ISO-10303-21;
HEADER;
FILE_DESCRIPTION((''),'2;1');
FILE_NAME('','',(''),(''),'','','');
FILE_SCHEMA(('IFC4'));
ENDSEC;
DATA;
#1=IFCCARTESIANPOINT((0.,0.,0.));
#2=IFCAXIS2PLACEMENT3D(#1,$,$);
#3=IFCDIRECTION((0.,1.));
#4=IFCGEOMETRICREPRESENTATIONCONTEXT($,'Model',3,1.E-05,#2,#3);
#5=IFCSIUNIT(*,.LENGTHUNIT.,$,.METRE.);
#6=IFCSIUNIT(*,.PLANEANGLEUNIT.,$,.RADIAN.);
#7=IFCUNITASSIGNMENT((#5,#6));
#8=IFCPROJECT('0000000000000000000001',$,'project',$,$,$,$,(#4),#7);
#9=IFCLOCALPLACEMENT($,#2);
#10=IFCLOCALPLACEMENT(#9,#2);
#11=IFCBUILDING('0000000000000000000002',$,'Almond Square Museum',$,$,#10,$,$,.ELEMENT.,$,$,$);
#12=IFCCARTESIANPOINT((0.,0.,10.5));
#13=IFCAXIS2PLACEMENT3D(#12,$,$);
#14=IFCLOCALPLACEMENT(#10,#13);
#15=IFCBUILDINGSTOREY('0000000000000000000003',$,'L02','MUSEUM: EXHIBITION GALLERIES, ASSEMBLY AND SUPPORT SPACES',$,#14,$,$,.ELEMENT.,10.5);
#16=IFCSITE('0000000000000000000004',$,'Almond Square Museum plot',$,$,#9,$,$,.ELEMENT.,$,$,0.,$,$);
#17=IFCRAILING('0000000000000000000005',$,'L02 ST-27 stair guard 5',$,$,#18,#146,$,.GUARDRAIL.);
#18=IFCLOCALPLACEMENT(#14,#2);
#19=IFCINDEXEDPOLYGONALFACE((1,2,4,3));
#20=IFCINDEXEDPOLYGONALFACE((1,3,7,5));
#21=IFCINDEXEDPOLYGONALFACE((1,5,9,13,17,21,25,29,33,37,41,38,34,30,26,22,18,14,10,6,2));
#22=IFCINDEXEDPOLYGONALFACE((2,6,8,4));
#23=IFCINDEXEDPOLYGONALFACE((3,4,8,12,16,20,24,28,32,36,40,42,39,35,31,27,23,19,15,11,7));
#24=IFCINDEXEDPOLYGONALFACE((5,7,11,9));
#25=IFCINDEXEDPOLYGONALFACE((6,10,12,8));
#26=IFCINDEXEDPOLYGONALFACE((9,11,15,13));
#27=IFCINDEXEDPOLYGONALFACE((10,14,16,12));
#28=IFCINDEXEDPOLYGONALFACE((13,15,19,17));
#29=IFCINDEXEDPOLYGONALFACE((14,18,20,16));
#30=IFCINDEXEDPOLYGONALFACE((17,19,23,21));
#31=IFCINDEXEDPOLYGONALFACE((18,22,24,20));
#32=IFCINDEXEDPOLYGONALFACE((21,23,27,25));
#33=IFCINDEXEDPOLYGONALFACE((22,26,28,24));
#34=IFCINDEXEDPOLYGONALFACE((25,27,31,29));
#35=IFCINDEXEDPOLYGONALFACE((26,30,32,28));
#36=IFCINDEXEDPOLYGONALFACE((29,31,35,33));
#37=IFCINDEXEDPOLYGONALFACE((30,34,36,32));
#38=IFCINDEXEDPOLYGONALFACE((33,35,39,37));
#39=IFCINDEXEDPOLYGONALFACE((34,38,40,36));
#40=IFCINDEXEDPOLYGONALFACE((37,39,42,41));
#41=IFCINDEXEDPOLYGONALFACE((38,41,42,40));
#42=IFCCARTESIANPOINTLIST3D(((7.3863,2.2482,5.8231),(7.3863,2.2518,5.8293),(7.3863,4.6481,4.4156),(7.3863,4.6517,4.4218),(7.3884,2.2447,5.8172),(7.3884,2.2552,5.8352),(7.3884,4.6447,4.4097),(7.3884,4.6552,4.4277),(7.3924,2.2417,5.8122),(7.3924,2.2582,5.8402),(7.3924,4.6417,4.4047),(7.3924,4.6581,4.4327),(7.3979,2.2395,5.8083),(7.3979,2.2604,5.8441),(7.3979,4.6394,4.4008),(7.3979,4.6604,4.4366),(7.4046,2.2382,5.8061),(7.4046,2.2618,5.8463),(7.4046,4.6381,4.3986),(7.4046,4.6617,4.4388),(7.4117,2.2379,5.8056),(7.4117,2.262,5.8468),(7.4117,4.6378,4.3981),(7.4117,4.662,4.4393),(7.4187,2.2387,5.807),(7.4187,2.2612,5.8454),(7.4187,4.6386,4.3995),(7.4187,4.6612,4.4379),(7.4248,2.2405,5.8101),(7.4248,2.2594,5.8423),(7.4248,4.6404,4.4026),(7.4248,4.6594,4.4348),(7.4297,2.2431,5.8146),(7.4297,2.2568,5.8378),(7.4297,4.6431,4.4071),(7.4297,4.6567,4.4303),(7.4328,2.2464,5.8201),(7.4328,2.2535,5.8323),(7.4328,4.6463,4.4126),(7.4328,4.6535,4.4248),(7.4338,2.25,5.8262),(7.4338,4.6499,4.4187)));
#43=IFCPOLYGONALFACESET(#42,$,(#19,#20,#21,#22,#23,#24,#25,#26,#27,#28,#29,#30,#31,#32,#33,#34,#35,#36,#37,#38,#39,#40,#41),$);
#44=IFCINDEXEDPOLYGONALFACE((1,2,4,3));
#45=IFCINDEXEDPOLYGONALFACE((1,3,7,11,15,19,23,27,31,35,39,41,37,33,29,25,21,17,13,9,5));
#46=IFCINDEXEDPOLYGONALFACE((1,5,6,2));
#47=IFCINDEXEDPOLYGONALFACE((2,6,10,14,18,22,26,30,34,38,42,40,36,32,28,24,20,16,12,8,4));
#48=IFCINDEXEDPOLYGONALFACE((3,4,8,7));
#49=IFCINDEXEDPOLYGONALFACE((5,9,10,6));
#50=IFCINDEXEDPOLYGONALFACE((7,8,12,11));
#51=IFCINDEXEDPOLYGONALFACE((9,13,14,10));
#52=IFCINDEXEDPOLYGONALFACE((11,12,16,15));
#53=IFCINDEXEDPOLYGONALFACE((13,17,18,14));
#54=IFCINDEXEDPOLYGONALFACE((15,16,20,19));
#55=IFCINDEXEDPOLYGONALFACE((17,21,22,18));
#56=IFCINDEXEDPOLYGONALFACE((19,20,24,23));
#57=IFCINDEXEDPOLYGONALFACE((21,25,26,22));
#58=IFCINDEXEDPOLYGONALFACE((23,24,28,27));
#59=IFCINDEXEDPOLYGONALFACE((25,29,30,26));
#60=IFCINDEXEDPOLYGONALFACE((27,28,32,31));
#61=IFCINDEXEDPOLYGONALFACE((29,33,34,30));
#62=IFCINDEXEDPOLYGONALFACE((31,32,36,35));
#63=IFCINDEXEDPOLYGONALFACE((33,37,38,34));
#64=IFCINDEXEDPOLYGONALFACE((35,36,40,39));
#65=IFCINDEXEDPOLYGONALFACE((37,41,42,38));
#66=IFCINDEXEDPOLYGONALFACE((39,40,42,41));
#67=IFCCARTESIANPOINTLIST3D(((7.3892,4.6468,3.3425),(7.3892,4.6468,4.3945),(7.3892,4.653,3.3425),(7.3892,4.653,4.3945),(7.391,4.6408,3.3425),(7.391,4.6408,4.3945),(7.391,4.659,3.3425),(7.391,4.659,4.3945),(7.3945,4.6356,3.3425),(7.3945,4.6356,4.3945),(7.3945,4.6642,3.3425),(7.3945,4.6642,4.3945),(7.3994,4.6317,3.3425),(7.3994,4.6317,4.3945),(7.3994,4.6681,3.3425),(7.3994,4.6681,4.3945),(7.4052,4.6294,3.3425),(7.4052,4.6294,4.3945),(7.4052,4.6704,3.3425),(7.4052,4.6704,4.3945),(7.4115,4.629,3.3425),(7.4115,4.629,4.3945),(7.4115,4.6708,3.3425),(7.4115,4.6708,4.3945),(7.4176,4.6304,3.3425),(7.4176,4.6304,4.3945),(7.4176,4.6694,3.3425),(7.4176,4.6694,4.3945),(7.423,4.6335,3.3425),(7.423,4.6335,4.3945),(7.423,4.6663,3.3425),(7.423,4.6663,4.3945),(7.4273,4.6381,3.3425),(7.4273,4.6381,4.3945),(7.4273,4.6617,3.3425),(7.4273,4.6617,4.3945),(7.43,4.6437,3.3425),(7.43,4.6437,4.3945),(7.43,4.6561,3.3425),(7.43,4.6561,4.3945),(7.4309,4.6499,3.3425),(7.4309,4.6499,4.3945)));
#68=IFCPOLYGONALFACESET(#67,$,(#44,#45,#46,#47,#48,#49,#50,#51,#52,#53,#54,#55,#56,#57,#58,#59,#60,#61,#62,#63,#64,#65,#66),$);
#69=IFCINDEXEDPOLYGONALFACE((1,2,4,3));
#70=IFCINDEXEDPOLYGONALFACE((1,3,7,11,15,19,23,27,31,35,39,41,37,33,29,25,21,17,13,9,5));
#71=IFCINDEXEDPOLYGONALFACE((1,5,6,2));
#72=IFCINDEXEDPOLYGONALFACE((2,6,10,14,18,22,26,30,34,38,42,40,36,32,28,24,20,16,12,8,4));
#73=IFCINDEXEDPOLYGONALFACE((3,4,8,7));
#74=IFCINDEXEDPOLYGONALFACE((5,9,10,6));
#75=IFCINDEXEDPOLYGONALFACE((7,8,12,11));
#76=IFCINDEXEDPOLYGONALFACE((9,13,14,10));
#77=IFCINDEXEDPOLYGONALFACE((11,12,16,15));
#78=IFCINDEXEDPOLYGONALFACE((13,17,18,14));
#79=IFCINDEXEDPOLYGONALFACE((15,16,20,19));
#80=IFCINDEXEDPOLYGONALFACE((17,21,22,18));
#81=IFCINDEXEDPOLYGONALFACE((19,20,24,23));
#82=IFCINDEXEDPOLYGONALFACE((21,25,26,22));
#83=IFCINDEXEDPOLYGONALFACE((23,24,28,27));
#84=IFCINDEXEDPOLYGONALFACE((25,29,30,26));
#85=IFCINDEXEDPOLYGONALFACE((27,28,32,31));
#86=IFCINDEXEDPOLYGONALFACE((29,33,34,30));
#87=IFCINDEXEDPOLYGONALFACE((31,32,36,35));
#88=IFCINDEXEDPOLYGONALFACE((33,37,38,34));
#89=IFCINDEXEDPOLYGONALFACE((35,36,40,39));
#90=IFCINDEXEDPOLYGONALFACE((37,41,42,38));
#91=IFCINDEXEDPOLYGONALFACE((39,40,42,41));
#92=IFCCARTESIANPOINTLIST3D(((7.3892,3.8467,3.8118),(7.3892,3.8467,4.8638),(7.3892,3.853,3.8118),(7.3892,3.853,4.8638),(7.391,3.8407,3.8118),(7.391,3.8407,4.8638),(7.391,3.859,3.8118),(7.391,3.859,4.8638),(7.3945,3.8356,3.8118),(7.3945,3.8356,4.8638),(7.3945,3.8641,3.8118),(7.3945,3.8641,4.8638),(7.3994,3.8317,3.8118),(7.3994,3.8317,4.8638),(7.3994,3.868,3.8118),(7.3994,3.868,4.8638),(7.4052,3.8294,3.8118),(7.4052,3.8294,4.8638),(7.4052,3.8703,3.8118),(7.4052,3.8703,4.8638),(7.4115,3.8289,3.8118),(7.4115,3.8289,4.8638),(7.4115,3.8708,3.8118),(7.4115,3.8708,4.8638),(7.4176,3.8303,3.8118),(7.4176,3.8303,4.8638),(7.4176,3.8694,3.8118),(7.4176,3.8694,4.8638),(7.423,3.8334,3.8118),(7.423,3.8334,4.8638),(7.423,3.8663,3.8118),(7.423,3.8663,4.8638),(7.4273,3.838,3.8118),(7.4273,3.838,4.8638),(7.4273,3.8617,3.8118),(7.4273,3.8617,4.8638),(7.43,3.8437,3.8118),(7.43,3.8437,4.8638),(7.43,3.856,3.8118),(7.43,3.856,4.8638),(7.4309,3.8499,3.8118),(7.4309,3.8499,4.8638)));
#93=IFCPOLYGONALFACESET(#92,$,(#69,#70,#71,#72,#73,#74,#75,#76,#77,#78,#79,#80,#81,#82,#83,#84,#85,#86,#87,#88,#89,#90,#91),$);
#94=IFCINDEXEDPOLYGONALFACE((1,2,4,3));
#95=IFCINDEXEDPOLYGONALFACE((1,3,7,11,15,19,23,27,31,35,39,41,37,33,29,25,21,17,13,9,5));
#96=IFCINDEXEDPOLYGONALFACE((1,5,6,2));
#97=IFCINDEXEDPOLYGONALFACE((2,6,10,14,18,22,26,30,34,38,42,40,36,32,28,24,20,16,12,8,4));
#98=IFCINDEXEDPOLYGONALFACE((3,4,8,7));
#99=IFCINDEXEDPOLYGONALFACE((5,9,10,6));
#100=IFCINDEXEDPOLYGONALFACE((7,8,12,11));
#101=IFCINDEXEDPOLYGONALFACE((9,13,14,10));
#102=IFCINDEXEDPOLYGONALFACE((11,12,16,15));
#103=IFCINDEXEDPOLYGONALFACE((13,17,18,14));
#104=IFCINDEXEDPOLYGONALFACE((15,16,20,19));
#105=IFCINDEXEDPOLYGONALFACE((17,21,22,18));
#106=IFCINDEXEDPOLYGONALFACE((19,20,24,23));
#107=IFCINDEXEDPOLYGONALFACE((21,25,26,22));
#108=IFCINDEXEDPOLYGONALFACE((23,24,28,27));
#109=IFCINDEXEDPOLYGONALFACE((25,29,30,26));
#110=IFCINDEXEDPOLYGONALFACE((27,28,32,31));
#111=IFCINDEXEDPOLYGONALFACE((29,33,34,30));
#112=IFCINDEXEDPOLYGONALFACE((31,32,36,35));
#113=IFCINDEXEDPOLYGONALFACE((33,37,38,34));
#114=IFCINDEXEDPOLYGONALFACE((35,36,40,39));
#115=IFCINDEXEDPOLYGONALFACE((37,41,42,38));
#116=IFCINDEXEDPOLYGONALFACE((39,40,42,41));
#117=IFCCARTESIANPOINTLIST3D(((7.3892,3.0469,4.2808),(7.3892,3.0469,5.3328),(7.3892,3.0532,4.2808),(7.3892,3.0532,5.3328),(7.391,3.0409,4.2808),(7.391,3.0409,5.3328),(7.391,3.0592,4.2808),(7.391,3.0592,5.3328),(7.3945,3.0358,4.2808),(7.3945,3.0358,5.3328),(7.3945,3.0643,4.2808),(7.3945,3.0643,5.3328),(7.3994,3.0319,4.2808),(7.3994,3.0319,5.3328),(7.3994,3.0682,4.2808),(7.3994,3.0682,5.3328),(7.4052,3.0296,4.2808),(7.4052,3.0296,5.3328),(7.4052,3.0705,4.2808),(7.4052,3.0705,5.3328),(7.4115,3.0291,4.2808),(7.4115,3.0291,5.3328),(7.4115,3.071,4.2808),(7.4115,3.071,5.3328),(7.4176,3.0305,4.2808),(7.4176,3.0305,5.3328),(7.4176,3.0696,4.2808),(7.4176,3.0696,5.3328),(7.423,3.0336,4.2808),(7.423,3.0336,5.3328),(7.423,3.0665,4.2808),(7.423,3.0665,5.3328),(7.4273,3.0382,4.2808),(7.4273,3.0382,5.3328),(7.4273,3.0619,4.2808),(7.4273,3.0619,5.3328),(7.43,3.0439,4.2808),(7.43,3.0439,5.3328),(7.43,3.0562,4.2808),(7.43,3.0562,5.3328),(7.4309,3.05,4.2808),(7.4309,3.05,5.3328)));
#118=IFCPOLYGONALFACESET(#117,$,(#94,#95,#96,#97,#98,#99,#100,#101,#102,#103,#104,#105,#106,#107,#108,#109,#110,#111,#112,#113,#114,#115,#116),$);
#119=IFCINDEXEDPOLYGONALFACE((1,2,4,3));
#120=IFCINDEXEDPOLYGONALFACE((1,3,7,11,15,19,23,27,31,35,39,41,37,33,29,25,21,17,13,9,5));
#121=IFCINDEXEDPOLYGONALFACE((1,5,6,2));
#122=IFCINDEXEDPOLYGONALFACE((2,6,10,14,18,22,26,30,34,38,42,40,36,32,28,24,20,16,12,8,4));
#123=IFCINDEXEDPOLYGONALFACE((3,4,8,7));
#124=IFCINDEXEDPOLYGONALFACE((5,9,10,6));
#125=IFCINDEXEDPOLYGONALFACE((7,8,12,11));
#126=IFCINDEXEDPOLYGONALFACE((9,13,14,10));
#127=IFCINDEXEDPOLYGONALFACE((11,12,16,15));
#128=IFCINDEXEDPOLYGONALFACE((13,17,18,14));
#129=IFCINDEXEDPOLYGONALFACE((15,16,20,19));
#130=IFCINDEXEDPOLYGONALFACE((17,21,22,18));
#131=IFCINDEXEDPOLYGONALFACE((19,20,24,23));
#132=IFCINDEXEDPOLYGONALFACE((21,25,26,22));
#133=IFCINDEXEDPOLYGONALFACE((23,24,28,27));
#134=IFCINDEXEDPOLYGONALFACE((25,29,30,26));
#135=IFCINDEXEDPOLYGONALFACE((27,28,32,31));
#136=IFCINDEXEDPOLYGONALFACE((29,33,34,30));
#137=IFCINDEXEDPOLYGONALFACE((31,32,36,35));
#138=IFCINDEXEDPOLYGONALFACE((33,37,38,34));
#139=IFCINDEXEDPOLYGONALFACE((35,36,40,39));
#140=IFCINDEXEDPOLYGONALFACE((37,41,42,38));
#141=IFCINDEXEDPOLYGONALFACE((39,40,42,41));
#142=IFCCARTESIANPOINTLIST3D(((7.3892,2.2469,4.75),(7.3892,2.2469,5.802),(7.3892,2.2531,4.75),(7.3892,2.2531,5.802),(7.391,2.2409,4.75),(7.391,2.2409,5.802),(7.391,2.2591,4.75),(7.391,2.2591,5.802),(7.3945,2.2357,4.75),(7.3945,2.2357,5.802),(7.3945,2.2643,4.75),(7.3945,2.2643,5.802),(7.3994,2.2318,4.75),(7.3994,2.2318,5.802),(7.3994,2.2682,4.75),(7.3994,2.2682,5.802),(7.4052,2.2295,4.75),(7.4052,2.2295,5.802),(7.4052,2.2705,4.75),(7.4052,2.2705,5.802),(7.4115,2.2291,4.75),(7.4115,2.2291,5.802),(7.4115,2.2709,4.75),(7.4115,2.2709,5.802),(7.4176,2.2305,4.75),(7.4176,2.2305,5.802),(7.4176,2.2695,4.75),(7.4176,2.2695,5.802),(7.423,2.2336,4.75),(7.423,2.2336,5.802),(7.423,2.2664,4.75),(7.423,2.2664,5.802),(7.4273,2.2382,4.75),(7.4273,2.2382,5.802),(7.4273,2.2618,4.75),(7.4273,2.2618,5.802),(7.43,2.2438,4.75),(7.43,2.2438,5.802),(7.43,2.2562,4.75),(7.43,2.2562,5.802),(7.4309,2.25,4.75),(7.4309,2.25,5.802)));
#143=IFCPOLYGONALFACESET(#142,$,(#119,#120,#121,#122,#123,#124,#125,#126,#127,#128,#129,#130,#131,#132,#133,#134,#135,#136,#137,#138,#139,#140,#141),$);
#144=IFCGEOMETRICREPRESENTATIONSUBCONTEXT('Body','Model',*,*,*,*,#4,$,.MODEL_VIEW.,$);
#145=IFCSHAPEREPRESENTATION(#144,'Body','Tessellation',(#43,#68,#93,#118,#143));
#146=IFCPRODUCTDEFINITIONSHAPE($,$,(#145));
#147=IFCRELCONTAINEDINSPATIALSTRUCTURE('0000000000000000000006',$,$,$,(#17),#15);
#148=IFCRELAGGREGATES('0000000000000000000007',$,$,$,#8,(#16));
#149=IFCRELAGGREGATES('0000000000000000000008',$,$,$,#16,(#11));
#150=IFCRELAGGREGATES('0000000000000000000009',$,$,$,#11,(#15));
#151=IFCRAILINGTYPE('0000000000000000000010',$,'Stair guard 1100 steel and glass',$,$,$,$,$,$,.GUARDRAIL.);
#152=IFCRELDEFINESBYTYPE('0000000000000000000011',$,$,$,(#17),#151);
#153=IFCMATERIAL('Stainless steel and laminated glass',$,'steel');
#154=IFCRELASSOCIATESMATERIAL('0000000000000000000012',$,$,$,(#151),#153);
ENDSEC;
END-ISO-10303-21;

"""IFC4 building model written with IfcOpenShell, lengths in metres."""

from ifc_helpers import new_model, si_unit, direction, frame, origin, origin_2d, place, context, subcontext, project, spatial, circle, extrude, material, type_object, element, save


model = new_model("IFC4")

# Units and contexts
model_context = context("Model", 3, precision=1e-05, world=origin(), true_north=direction((0.0, 1.0)))
body_context = subcontext(model_context, "Body", "Model", "MODEL_VIEW")
ifc_project = project(units=[si_unit("LENGTHUNIT", "METRE"), si_unit("PLANEANGLEUNIT", "RADIAN")], contexts=[model_context])

# Site, building, storey
site_placement = place(None, origin())
site = spatial("IfcSite", under=ifc_project, at=site_placement, Name="Almond Square Museum plot", CompositionType="ELEMENT", RefElevation=0.0)
building_placement = place(site_placement, origin())
building = spatial("IfcBuilding", under=site, at=building_placement, Name="Almond Square Museum", CompositionType="ELEMENT")
storey_placement = place(building_placement, frame((0.0, 0.0, 10.5)))
storey = spatial("IfcBuildingStorey", under=building, at=storey_placement, Name="L02", Description="MUSEUM: EXHIBITION GALLERIES, ASSEMBLY AND SUPPORT SPACES", CompositionType="ELEMENT", Elevation=10.5)

# Railing
ifc_material_1 = material(Name="Stainless steel and laminated glass", Category="steel")
railing_type_1 = type_object("IfcRailingType", Name="Stair guard 1100 steel and glass", PredefinedType="GUARDRAIL", material=ifc_material_1)
railing_1_placement = place(storey_placement, frame((7.4099, 4.6499, 3.3425)))
element("IfcRailing", 1, at=railing_1_placement, inside=storey, type_object=railing_type_1, Name="L02 ST-27 stair guard 5", PredefinedType="GUARDRAIL", context=body_context, shape_type="SweptSolid", body=[
    extrude(circle(Radius=0.0239, at=origin_2d()), frame((0.0, 0.0, 1.0762), z_axis=(0.0, -0.862599, 0.505888), x_axis=(1.0, 0.0, 0.0)), (0.0, 0.0, 1.0), 2.7822),
    extrude(circle(Radius=0.021, at=origin_2d()), origin(), (0.0, 0.0, 1.0), 1.052),
    extrude(circle(Radius=0.021, at=origin_2d()), frame((0.0, -0.8, 0.4692)), (0.0, 0.0, 1.0), 1.052),
    extrude(circle(Radius=0.021, at=origin_2d()), frame((0.0, -1.5999, 0.9382)), (0.0, 0.0, 1.0), 1.052),
    extrude(circle(Radius=0.021, at=origin_2d()), frame((0.0, -2.3999, 1.4075)), (0.0, 0.0, 1.0), 1.052),
])

save(model, "model.ifc")
